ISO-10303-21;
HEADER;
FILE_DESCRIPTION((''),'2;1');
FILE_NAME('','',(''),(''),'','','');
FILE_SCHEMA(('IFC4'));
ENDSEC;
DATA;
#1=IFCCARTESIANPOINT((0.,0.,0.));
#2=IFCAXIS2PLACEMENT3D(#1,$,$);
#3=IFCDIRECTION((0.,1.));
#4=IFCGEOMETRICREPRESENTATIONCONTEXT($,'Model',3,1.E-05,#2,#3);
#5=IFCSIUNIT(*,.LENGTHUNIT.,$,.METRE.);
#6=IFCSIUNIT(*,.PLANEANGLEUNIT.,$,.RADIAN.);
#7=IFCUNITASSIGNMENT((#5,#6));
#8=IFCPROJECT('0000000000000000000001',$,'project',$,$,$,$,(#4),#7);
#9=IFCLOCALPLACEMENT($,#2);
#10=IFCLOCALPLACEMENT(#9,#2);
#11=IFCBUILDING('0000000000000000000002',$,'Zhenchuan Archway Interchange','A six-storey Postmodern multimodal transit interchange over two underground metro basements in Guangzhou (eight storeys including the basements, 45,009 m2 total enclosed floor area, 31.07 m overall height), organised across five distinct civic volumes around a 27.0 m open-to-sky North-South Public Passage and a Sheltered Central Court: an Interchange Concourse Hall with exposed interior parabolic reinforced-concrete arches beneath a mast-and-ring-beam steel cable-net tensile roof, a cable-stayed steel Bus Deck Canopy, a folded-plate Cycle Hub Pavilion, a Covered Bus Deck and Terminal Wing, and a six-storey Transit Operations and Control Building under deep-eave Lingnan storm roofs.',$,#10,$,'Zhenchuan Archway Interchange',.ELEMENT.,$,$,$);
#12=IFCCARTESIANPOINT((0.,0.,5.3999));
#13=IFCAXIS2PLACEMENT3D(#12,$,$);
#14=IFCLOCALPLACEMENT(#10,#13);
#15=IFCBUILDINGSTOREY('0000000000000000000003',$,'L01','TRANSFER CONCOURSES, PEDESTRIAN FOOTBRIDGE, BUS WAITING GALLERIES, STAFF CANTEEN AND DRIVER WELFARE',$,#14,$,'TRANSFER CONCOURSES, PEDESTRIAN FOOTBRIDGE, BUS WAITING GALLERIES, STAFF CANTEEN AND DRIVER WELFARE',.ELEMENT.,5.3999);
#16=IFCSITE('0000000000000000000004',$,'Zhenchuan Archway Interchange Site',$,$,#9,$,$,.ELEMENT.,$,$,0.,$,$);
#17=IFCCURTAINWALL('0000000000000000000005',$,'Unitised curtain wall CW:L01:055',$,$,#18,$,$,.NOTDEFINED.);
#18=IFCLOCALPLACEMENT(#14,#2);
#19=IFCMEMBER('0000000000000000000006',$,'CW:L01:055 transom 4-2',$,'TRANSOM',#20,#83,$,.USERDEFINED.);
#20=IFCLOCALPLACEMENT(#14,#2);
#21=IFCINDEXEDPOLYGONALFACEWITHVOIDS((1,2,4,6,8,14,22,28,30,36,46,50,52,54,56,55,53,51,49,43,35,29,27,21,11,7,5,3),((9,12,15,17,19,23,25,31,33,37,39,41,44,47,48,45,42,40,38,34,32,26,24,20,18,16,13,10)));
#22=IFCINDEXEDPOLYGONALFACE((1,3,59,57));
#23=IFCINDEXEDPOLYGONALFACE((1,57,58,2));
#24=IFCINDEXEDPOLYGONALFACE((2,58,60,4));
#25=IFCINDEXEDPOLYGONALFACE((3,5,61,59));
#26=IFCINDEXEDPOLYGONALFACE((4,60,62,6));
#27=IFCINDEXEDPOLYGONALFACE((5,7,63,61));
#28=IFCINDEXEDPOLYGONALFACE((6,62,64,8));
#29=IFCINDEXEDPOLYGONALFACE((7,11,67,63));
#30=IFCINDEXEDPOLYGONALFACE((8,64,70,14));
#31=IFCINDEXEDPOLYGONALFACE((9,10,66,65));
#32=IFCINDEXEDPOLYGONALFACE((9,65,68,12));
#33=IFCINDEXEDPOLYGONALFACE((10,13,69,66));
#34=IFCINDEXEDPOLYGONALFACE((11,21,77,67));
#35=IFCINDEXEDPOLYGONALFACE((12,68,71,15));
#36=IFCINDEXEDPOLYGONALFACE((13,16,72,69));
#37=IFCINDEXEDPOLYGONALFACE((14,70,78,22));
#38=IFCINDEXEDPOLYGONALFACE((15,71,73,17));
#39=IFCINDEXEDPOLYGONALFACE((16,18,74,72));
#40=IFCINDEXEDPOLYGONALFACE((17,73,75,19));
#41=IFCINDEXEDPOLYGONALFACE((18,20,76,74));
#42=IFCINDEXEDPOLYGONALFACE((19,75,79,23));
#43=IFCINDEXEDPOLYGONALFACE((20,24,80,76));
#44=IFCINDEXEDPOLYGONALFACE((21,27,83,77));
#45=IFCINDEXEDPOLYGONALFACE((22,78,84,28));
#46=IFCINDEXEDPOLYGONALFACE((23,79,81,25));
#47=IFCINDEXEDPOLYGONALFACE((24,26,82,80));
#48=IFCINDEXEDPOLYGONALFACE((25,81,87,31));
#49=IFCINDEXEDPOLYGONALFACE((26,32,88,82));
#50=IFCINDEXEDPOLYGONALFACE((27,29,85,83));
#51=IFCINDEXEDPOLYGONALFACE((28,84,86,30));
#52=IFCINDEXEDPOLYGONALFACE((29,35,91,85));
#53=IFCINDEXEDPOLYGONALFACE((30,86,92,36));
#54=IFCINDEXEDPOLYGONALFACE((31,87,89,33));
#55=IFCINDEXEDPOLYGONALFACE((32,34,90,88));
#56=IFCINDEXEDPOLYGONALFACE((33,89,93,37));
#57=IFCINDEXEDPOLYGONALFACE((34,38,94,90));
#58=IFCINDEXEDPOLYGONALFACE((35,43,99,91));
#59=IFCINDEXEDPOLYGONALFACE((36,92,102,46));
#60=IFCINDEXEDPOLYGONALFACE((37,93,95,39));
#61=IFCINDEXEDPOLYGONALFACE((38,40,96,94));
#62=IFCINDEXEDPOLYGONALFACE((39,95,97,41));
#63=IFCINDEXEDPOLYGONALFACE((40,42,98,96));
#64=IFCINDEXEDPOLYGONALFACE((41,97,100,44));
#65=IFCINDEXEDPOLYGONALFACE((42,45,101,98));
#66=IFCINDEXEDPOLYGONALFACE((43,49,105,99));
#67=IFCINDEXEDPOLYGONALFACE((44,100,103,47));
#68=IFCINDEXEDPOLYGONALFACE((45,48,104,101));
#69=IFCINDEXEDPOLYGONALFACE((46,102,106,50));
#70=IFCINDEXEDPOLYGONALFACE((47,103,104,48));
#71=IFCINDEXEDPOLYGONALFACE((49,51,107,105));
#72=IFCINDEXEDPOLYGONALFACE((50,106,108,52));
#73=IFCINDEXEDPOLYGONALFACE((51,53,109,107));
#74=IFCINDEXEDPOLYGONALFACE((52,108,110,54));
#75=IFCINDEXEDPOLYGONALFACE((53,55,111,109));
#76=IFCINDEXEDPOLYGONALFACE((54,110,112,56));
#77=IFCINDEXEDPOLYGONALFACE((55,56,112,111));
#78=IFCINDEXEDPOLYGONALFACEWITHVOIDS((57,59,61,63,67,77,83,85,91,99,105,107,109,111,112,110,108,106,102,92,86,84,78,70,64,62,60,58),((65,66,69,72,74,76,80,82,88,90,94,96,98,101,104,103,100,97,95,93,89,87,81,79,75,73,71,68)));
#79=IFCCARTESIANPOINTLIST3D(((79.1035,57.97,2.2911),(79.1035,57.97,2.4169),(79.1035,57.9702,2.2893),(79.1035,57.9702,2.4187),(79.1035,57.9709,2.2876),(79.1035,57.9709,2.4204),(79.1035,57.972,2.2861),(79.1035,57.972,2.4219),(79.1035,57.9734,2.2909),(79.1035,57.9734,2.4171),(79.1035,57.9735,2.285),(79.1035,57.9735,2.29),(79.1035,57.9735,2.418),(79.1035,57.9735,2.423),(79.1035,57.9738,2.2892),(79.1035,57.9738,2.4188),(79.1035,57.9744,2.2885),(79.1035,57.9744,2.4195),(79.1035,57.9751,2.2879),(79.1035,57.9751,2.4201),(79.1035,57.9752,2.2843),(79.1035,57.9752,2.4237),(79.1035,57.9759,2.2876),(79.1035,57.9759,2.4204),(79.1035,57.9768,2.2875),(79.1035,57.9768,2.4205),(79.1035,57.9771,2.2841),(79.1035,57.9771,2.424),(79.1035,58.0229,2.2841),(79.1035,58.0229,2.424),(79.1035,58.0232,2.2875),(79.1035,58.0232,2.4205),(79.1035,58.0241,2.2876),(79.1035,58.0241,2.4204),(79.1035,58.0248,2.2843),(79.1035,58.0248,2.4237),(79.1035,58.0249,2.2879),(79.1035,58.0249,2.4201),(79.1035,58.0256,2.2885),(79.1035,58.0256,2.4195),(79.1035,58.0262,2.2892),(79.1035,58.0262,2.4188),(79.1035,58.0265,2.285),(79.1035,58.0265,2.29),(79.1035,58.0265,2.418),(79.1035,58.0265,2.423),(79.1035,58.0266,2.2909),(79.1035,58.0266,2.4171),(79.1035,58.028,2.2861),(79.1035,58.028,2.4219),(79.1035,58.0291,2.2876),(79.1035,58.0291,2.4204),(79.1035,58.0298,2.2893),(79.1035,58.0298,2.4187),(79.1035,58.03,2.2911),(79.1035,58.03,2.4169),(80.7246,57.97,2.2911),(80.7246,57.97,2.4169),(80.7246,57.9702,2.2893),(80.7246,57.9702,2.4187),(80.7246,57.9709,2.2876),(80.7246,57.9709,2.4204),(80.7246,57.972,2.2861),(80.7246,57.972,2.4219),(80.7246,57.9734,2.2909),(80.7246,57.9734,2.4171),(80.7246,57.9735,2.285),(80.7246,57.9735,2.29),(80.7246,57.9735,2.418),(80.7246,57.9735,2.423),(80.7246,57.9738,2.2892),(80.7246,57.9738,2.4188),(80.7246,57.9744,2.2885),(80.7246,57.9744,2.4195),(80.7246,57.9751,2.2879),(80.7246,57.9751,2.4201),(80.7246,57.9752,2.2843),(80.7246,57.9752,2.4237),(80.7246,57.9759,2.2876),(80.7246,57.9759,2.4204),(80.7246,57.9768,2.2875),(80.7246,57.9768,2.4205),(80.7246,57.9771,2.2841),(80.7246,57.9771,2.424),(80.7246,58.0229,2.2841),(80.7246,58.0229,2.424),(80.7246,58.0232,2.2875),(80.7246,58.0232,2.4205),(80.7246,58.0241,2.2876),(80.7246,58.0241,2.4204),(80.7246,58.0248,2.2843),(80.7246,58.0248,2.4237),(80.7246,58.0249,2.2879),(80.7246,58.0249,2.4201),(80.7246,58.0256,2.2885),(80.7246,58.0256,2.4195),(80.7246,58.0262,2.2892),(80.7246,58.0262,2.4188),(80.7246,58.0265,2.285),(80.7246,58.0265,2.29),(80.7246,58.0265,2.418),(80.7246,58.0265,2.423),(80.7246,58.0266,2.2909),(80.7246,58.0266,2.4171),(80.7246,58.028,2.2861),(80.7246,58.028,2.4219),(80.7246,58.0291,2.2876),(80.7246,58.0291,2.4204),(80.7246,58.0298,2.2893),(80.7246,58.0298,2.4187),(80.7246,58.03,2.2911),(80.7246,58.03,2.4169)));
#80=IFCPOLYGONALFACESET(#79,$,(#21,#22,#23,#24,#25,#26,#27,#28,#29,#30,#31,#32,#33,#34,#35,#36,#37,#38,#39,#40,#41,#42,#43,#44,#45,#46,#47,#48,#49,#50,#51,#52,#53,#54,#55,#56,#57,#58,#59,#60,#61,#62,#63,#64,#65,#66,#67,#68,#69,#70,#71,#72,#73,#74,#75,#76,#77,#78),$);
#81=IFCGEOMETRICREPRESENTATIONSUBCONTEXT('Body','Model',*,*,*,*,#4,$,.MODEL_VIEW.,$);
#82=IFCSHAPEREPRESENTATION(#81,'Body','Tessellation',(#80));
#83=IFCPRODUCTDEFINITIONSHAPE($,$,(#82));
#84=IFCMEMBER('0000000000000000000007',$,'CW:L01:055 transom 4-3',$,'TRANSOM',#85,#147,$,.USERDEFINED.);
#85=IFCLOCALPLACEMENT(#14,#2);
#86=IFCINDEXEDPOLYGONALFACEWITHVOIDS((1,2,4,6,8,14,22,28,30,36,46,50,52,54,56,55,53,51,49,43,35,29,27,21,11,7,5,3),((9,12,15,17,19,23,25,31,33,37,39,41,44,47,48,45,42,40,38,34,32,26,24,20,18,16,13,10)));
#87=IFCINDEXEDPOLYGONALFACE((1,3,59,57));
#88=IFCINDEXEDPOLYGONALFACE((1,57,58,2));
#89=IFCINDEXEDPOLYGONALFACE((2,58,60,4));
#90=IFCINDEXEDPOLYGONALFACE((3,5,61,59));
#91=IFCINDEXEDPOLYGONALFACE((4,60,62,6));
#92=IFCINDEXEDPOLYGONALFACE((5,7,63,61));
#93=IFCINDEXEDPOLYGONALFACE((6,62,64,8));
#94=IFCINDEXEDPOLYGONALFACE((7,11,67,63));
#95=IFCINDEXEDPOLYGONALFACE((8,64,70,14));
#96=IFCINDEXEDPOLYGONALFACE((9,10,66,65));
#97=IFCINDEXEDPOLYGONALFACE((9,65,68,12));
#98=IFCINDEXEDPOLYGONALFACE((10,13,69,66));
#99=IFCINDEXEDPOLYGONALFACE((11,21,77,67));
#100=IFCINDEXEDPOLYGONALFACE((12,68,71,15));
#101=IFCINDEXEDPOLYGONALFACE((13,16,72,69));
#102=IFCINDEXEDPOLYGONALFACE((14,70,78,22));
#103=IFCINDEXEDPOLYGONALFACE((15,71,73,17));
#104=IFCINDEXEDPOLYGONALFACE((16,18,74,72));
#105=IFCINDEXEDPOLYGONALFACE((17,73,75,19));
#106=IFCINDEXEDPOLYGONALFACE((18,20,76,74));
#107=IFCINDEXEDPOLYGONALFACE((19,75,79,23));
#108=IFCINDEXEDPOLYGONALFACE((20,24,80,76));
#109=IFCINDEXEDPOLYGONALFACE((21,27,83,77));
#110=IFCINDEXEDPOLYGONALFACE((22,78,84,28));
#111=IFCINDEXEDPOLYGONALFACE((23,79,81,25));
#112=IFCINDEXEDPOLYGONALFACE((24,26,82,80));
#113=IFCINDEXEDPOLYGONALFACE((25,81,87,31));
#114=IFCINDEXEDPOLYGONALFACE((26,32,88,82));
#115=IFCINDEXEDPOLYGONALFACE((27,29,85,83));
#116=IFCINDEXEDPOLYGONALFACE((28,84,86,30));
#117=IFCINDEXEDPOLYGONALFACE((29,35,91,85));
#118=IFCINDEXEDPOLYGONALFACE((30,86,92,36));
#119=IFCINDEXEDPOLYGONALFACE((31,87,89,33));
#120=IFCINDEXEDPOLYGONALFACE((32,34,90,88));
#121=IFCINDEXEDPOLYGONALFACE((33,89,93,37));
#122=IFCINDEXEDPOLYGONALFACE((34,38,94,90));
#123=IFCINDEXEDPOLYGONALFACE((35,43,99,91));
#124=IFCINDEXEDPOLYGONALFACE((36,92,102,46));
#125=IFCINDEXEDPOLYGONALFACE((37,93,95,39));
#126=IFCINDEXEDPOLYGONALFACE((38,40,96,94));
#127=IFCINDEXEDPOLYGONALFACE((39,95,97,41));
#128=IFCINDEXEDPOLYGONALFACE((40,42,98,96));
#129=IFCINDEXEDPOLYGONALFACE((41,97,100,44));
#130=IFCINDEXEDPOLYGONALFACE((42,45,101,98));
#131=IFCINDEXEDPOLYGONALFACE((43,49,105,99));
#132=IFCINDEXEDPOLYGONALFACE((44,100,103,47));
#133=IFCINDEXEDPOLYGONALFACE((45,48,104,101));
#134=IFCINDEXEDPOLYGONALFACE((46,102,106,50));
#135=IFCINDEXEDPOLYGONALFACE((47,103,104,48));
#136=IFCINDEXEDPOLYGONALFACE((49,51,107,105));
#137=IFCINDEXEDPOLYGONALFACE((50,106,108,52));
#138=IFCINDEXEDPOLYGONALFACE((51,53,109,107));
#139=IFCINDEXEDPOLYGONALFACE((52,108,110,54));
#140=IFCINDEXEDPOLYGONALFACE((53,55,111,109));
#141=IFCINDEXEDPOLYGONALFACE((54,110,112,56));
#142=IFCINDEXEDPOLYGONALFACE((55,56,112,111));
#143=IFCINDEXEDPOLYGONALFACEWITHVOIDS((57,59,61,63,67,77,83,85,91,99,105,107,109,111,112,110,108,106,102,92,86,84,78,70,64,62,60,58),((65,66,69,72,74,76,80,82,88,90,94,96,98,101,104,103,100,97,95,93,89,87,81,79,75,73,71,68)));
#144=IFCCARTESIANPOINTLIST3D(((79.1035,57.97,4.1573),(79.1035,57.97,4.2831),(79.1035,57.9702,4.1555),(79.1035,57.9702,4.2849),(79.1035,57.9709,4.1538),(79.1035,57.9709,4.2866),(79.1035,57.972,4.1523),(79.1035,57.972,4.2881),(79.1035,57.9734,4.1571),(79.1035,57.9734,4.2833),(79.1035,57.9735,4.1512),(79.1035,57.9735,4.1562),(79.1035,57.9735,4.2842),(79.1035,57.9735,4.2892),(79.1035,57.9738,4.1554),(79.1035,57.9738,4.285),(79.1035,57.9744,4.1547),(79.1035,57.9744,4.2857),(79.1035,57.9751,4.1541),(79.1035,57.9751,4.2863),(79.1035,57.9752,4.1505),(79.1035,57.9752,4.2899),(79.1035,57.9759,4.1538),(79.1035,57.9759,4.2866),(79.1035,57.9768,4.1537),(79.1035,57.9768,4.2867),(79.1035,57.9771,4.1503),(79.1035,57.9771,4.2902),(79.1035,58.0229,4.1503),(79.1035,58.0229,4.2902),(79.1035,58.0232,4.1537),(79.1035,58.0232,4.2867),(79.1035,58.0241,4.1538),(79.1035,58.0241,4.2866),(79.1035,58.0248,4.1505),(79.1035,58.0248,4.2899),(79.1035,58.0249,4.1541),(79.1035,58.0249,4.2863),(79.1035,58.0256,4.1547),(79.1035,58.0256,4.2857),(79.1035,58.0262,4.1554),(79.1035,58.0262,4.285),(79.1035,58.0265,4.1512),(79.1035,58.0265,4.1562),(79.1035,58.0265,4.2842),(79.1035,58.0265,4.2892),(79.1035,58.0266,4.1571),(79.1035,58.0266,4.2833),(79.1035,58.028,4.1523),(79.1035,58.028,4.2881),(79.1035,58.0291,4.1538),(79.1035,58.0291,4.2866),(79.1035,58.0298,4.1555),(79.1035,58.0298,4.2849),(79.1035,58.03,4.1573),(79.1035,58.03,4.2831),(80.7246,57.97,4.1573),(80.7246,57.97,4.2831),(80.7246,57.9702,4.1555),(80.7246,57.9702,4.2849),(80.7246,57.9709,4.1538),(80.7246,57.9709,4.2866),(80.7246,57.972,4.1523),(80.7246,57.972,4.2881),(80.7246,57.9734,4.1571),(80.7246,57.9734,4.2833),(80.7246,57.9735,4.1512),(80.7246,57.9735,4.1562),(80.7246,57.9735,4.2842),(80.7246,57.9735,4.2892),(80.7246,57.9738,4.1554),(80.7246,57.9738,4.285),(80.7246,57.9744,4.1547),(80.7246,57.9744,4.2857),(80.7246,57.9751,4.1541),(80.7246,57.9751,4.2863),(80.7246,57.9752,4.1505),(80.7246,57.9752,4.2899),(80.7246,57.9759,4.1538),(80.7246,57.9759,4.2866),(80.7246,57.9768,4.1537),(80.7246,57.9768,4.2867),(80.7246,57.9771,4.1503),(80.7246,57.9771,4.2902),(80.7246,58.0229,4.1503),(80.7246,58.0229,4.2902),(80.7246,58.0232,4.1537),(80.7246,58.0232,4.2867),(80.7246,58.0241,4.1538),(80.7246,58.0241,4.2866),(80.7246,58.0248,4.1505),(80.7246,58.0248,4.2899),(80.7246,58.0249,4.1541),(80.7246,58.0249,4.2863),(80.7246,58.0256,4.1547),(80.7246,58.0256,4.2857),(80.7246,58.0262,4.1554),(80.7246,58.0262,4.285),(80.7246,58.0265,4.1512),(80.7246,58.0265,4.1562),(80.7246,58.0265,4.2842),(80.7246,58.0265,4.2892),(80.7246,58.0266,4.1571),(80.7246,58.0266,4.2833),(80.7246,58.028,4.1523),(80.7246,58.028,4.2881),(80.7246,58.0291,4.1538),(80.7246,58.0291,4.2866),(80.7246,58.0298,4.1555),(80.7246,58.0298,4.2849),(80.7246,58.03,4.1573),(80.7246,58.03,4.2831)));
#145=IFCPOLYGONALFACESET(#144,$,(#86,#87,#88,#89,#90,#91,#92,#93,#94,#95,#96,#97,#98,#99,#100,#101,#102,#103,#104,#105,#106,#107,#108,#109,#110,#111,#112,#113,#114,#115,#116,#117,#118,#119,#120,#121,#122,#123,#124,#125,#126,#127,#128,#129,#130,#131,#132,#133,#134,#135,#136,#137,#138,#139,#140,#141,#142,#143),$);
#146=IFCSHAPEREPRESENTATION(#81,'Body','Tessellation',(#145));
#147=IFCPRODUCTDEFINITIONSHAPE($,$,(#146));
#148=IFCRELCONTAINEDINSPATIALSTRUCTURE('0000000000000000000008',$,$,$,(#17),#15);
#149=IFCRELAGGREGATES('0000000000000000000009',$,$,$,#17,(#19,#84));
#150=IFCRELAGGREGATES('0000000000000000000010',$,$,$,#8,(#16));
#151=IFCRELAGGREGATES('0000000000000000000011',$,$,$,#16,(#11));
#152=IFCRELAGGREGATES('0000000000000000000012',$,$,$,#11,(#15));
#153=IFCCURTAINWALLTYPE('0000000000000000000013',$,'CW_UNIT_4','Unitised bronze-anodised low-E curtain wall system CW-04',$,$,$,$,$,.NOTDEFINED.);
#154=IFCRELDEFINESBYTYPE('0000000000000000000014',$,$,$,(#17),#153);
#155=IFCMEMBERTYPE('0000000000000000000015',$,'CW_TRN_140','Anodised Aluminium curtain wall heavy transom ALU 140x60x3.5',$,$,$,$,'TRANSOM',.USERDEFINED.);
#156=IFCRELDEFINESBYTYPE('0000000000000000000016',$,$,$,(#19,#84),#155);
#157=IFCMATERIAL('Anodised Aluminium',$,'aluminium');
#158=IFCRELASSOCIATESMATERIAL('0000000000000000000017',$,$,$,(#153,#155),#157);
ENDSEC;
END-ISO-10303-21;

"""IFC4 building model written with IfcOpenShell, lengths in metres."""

from ifc_helpers import new_model, si_unit, direction, frame, origin, origin_2d, place, context, subcontext, project, spatial, hollow_rectangle, extrude, material, material_profile, profile_set, type_object, element, aggregate, save


model = new_model("IFC4")

# Units and contexts
model_context = context("Model", 3, precision=1e-05, world=origin(), true_north=direction((0.0, 1.0)))
body_context = subcontext(model_context, "Body", "Model", "MODEL_VIEW")
ifc_project = project(units=[si_unit("LENGTHUNIT", "METRE"), si_unit("PLANEANGLEUNIT", "RADIAN")], contexts=[model_context])

# Site, building, storey
site_placement = place(None, origin())
site = spatial("IfcSite", under=ifc_project, at=site_placement, Name="Zhenchuan Archway Interchange Site", CompositionType="ELEMENT", RefElevation=0.0)
building_placement = place(site_placement, origin())
building = spatial("IfcBuilding", under=site, at=building_placement, Name="Zhenchuan Archway Interchange", Description="A six-storey Postmodern multimodal transit interchange over two underground metro basements in Guangzhou (eight storeys including the basements, 45,009 m2 total enclosed floor area, 31.07 m overall height), organised across five distinct civic volumes around a 27.0 m open-to-sky North-South Public Passage and a Sheltered Central Court: an Interchange Concourse Hall with exposed interior parabolic reinforced-concrete arches beneath a mast-and-ring-beam steel cable-net tensile roof, a cable-stayed steel Bus Deck Canopy, a folded-plate Cycle Hub Pavilion, a Covered Bus Deck and Terminal Wing, and a six-storey Transit Operations and Control Building under deep-eave Lingnan storm roofs.", LongName="Zhenchuan Archway Interchange", CompositionType="ELEMENT")
storey_placement = place(building_placement, frame((0.0, 0.0, 5.3999)))
storey = spatial("IfcBuildingStorey", under=building, at=storey_placement, Name="L01", Description="TRANSFER CONCOURSES, PEDESTRIAN FOOTBRIDGE, BUS WAITING GALLERIES, STAFF CANTEEN AND DRIVER WELFARE", LongName="TRANSFER CONCOURSES, PEDESTRIAN FOOTBRIDGE, BUS WAITING GALLERIES, STAFF CANTEEN AND DRIVER WELFARE", CompositionType="ELEMENT", Elevation=5.3999)

# Curtain wall
ifc_material_1 = material(Name="Anodised Aluminium", Category="aluminium")
curtain_wall_type_1 = type_object("IfcCurtainWallType", Name="CW_UNIT_4", Description="Unitised bronze-anodised low-E curtain wall system CW-04", PredefinedType="NOTDEFINED", material=ifc_material_1)
curtain_wall_1_placement = place(storey_placement, origin())
curtain_wall_1 = element("IfcCurtainWall", 1, at=curtain_wall_1_placement, inside=storey, type_object=curtain_wall_type_1, Name="Unitised curtain wall CW:L01:055", PredefinedType="NOTDEFINED")

# Members
ifc_material_profile_1 = material_profile(ifc_material_1, hollow_rectangle(XDim=0.0601, YDim=0.1399, WallThickness=0.0034, InnerFilletRadius=0.0034, OuterFilletRadius=0.0071, at=origin_2d()), Name="ALU 140x60x3.5")
ifc_profile_set_1 = profile_set([ifc_material_profile_1], Name="Anodised Aluminium")
member_type_1 = type_object("IfcMemberType", Name="CW_TRN_140", Description="Anodised Aluminium curtain wall heavy transom ALU 140x60x3.5", ElementType="TRANSOM", PredefinedType="USERDEFINED", material=ifc_profile_set_1)
member_1_placement = place(storey_placement, frame((79.1035, 58.0, 2.354), z_axis=(1.0, 0.0, 0.0), x_axis=(0.0, 1.0, 0.0)))
member_1 = element("IfcMember", 2, at=member_1_placement, type_object=member_type_1, Name="CW:L01:055 transom 4-2", ObjectType="TRANSOM", PredefinedType="USERDEFINED", context=body_context, shape_type="SweptSolid", body=[
    extrude(hollow_rectangle(XDim=0.0601, YDim=0.1399, WallThickness=0.0034, InnerFilletRadius=0.0034, OuterFilletRadius=0.0071, at=origin_2d()), origin(), (0.0, 0.0, 1.0), 1.6211),
])
member_2_placement = place(storey_placement, frame((79.1035, 58.0, 4.2202), z_axis=(1.0, 0.0, 0.0), x_axis=(0.0, 1.0, 0.0)))
member_2 = element("IfcMember", 3, at=member_2_placement, type_object=member_type_1, Name="CW:L01:055 transom 4-3", ObjectType="TRANSOM", PredefinedType="USERDEFINED", context=body_context, shape_type="SweptSolid", body=[
    extrude(hollow_rectangle(XDim=0.0601, YDim=0.1399, WallThickness=0.0034, InnerFilletRadius=0.0034, OuterFilletRadius=0.0071, at=origin_2d()), origin(), (0.0, 0.0, 1.0), 1.6211),
])

aggregate(curtain_wall_1, [member_1, member_2])

save(model, "model.ifc")
